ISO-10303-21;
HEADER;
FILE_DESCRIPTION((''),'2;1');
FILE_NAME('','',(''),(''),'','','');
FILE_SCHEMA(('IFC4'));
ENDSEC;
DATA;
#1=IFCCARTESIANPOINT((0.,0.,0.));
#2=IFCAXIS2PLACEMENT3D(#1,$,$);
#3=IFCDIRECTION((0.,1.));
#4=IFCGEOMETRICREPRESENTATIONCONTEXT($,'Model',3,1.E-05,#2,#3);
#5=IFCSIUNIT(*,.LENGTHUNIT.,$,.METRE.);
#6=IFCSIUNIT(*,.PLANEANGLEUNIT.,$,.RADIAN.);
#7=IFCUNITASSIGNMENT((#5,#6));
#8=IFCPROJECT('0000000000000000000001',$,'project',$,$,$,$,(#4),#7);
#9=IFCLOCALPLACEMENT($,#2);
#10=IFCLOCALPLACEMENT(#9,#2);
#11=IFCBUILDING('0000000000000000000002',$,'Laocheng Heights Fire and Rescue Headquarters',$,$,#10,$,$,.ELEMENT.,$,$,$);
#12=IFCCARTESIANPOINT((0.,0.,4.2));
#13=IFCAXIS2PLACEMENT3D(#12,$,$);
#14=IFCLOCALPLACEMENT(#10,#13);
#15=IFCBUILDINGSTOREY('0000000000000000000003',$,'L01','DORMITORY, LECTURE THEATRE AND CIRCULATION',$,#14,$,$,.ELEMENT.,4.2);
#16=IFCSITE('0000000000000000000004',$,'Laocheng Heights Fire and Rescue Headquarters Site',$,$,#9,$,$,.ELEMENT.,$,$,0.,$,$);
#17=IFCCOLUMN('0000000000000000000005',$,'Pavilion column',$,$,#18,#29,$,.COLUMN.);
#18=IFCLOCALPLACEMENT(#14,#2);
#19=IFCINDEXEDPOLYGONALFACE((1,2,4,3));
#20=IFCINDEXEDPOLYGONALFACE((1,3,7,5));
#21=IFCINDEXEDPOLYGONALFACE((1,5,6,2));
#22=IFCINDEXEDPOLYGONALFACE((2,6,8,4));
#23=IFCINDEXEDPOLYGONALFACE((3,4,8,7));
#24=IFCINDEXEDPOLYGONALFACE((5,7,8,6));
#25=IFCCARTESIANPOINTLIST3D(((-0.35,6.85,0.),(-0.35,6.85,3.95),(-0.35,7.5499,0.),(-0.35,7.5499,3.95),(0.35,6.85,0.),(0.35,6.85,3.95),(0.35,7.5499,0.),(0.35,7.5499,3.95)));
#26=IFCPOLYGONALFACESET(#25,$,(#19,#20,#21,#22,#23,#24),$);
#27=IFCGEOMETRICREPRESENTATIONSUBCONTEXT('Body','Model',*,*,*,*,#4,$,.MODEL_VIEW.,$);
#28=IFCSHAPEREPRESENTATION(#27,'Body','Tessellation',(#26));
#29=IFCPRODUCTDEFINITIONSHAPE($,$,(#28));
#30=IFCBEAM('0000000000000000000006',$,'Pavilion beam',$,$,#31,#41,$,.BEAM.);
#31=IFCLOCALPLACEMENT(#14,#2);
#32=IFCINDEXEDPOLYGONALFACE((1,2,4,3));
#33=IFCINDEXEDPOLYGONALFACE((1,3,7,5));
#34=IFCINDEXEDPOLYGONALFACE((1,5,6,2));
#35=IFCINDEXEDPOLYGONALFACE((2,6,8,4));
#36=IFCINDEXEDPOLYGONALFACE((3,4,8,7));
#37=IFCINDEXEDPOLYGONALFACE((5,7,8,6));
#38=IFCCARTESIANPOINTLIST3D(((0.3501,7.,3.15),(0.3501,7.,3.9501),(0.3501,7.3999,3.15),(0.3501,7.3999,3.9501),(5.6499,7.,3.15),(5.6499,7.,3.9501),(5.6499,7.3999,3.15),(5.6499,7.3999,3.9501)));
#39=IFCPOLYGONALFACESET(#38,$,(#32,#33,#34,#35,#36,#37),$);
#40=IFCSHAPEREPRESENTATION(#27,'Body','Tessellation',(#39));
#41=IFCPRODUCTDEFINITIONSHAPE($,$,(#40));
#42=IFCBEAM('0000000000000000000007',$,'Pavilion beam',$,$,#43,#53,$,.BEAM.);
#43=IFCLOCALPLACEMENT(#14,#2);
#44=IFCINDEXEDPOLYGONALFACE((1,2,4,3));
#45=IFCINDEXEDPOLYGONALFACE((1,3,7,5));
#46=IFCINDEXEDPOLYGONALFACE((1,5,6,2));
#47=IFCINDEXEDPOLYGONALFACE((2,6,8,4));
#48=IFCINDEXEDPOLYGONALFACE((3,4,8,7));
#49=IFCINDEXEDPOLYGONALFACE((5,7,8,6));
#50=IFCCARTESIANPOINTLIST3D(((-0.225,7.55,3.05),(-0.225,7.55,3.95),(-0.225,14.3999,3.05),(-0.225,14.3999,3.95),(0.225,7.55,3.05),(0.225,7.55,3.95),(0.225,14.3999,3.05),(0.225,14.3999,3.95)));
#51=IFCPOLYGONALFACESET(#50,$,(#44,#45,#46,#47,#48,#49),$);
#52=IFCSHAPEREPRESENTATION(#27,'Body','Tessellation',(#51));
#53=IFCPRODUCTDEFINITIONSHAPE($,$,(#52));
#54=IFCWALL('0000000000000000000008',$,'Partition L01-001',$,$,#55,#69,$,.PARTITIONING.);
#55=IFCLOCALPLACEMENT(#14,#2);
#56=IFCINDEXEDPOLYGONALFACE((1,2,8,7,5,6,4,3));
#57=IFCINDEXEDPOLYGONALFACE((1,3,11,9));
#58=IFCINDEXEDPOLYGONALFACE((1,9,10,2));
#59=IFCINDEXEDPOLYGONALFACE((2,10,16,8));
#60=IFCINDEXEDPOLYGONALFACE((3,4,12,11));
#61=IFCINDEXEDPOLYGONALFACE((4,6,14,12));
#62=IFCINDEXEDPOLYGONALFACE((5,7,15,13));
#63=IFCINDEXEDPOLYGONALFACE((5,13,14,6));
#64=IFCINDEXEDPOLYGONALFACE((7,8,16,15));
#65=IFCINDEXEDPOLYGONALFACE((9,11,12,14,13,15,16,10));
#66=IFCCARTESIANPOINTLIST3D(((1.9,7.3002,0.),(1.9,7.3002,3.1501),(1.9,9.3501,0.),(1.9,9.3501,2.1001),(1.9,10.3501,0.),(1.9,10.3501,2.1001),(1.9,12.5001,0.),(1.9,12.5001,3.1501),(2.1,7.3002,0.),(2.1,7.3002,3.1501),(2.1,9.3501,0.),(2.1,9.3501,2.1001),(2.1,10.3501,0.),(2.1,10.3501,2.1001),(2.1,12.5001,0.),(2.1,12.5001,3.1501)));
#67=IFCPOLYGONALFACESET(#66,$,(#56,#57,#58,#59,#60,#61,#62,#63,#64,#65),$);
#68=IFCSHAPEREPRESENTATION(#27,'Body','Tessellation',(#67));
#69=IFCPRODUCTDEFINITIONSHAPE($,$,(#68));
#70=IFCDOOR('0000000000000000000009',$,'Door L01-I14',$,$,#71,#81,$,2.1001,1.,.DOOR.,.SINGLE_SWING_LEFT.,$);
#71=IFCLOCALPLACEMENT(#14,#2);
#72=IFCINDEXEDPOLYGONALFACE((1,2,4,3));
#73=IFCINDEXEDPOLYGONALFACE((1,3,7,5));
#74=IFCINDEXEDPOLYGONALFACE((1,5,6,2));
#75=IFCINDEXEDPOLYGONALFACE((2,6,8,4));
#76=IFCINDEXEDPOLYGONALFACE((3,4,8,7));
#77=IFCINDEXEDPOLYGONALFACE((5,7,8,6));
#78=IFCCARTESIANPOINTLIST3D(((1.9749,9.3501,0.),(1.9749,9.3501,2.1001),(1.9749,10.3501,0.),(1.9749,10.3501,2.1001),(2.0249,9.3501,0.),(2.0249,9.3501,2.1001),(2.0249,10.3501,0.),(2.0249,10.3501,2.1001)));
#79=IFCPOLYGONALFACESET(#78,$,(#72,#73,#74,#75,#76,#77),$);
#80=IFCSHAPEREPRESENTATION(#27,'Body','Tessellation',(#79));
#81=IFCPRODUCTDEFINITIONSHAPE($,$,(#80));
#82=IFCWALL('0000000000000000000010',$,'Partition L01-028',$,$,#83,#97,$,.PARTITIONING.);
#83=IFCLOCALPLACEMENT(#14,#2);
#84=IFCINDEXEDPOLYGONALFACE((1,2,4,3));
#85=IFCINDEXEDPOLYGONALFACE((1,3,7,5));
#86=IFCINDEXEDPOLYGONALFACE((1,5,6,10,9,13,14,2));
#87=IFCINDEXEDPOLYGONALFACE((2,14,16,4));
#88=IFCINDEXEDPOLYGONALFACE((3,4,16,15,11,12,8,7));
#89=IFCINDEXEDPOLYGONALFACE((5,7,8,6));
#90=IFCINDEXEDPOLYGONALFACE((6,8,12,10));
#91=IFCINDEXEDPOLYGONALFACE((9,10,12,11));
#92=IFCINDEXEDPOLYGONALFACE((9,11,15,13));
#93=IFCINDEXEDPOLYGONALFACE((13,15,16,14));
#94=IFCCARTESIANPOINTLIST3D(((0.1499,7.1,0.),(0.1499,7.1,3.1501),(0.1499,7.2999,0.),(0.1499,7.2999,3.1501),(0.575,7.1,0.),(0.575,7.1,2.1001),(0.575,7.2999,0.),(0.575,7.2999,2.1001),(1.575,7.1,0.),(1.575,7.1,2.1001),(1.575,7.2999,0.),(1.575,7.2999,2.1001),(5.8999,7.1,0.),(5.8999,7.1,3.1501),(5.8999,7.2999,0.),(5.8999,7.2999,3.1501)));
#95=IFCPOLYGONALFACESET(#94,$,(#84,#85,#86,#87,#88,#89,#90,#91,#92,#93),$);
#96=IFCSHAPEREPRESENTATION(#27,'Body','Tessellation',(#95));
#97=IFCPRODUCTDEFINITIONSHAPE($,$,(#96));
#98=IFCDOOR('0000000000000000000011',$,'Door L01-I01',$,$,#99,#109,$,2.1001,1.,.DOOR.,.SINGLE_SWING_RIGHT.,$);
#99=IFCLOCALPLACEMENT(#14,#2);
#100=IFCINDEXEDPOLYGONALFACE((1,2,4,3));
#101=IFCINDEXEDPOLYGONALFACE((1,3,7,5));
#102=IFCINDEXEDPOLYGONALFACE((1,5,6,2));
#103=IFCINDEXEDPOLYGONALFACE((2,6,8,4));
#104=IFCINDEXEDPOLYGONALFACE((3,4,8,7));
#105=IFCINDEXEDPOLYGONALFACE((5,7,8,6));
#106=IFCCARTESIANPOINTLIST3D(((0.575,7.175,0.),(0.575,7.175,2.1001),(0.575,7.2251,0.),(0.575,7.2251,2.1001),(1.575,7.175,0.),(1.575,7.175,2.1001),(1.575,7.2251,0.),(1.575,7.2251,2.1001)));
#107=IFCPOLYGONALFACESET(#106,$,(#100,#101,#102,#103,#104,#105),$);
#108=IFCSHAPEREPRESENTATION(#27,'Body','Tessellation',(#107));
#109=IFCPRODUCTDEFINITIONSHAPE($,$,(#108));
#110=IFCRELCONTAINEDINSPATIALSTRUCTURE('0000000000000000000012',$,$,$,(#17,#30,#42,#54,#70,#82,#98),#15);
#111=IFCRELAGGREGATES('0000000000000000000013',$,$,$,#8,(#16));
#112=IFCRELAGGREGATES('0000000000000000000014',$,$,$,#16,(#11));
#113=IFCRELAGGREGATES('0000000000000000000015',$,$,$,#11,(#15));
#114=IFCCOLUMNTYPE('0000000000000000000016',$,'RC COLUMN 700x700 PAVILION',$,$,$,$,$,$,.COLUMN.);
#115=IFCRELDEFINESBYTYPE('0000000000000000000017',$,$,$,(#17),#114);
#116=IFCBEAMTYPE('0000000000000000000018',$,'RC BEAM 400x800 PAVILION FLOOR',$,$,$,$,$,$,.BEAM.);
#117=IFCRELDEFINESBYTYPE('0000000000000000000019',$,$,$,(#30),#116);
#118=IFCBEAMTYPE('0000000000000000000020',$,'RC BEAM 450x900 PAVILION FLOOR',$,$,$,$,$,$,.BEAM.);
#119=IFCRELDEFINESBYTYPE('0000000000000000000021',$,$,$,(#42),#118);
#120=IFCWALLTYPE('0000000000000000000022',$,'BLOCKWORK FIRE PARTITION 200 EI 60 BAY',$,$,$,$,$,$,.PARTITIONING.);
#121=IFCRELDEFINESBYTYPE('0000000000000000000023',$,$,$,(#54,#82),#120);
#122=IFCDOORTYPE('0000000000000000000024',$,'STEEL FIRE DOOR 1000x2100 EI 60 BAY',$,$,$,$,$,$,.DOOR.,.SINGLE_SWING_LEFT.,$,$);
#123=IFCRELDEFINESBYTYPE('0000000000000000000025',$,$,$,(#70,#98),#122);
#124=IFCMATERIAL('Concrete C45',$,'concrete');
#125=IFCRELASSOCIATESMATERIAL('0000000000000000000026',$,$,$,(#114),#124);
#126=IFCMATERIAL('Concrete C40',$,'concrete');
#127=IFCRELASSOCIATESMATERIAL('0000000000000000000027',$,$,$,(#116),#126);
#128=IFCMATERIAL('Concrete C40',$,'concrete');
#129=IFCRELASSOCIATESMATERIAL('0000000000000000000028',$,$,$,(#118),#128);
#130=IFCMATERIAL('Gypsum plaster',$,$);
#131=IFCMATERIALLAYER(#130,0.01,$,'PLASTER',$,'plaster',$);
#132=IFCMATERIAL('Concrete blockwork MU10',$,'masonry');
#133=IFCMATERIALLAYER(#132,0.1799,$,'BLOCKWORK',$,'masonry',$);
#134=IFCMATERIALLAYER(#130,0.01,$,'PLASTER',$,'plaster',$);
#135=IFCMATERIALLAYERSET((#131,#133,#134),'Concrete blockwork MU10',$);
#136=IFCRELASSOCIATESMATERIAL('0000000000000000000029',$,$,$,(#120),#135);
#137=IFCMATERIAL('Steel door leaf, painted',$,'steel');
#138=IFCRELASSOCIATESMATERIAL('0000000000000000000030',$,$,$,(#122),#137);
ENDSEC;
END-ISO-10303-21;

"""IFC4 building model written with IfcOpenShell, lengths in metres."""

from ifc_helpers import new_model, si_unit, direction, frame, frame_2d, origin, origin_2d, place, context, subcontext, project, spatial, rectangle, extrude, material, layer, layer_set, material_profile, profile_set, type_object, element, fill, save


model = new_model("IFC4")

# Units and contexts
model_context = context("Model", 3, precision=1e-05, world=origin(), true_north=direction((0.0, 1.0)))
body_context = subcontext(model_context, "Body", "Model", "MODEL_VIEW")
ifc_project = project(units=[si_unit("LENGTHUNIT", "METRE"), si_unit("PLANEANGLEUNIT", "RADIAN")], contexts=[model_context])

# Site, building, storey
site_placement = place(None, origin())
site = spatial("IfcSite", under=ifc_project, at=site_placement, Name="Laocheng Heights Fire and Rescue Headquarters Site", CompositionType="ELEMENT", RefElevation=0.0)
building_placement = place(site_placement, origin())
building = spatial("IfcBuilding", under=site, at=building_placement, Name="Laocheng Heights Fire and Rescue Headquarters", CompositionType="ELEMENT")
storey_placement = place(building_placement, frame((0.0, 0.0, 4.2)))
storey = spatial("IfcBuildingStorey", under=building, at=storey_placement, Name="L01", Description="DORMITORY, LECTURE THEATRE AND CIRCULATION", CompositionType="ELEMENT", Elevation=4.2)

# Column
ifc_material_1 = material(Name="Concrete C45", Category="concrete")
ifc_material_profile_1 = material_profile(ifc_material_1, rectangle(XDim=0.7, YDim=0.7, at=origin_2d()), Name="RC COLUMN 700x700 PAVILION")
ifc_profile_set_1 = profile_set([ifc_material_profile_1], Name="Concrete C45")
column_type = type_object("IfcColumnType", Name="RC COLUMN 700x700 PAVILION", PredefinedType="COLUMN", material=ifc_profile_set_1)
column_placement = place(storey_placement, frame((0.0, 7.2, 0.0), z_axis=(0.0, 0.0, 1.0), x_axis=(1.0, 0.0, 0.0)))
element("IfcColumn", 1, at=column_placement, inside=storey, type_object=column_type, Name="Pavilion column", PredefinedType="COLUMN", context=body_context, shape_type="SweptSolid", body=[
    extrude(rectangle(XDim=0.7, YDim=0.7, at=origin_2d()), origin(), (0.0, 0.0, 1.0), 3.95),
])

# Beams
ifc_material_2 = material(Name="Concrete C40", Category="concrete")
ifc_material_profile_2 = material_profile(ifc_material_2, rectangle(XDim=0.3999, YDim=0.8, at=origin_2d()), Name="RC BEAM 400x800 PAVILION FLOOR")
ifc_profile_set_2 = profile_set([ifc_material_profile_2], Name="Concrete C40")
beam_type_1 = type_object("IfcBeamType", Name="RC BEAM 400x800 PAVILION FLOOR", PredefinedType="BEAM", material=ifc_profile_set_2)
beam_1_placement = place(storey_placement, frame((0.3501, 7.2, 3.55), z_axis=(1.0, 0.0, 0.0), x_axis=(0.0, 1.0, 0.0)))
element("IfcBeam", 2, at=beam_1_placement, inside=storey, type_object=beam_type_1, Name="Pavilion beam", PredefinedType="BEAM", context=body_context, shape_type="SweptSolid", body=[
    extrude(rectangle(XDim=0.3999, YDim=0.8, at=origin_2d()), origin(), (0.0, 0.0, 1.0), 5.2998),
])
ifc_material_3 = material(Name="Concrete C40", Category="concrete")
ifc_material_profile_3 = material_profile(ifc_material_3, rectangle(XDim=0.45, YDim=0.8999, at=origin_2d()), Name="RC BEAM 450x900 PAVILION FLOOR")
ifc_profile_set_3 = profile_set([ifc_material_profile_3], Name="Concrete C40")
beam_type_2 = type_object("IfcBeamType", Name="RC BEAM 450x900 PAVILION FLOOR", PredefinedType="BEAM", material=ifc_profile_set_3)
beam_2_placement = place(storey_placement, frame((0.0, 7.55, 3.5), z_axis=(0.0, 1.0, 0.0), x_axis=(-1.0, 0.0, 0.0)))
element("IfcBeam", 3, at=beam_2_placement, inside=storey, type_object=beam_type_2, Name="Pavilion beam", PredefinedType="BEAM", context=body_context, shape_type="SweptSolid", body=[
    extrude(rectangle(XDim=0.45, YDim=0.8999, at=origin_2d()), origin(), (0.0, 0.0, 1.0), 6.8499),
])

# Walls, openings, doors
ifc_material_4 = material(Name="Gypsum plaster")
ifc_layer_1 = layer(ifc_material_4, 0.01, Name="PLASTER", Category="plaster")
ifc_material_5 = material(Name="Concrete blockwork MU10", Category="masonry")
ifc_layer_2 = layer(ifc_material_5, 0.1799, Name="BLOCKWORK", Category="masonry")
ifc_layer_3 = layer(ifc_material_4, 0.01, Name="PLASTER", Category="plaster")
ifc_layer_set_1 = layer_set([ifc_layer_1, ifc_layer_2, ifc_layer_3], Name="Concrete blockwork MU10")
wall_type_1 = type_object("IfcWallType", Name="BLOCKWORK FIRE PARTITION 200 EI 60 BAY", PredefinedType="PARTITIONING", material=ifc_layer_set_1)
wall_1_placement = place(storey_placement, frame((2.0, 7.3, 0.0), z_axis=(0.0, 0.0, 1.0), x_axis=(0.0, 1.0, 0.0)))
wall_1 = element("IfcWall", 4, at=wall_1_placement, inside=storey, type_object=wall_type_1, Name="Partition L01-001", PredefinedType="PARTITIONING", context=body_context, shape_type="SweptSolid", body=[
    extrude(rectangle(XDim=5.2, YDim=0.2, at=frame_2d((2.6001, 0.0))), origin(), (0.0, 0.0, 1.0), 3.1501),
])
opening_1_placement = place(wall_1_placement, frame((2.05, 0.0, 0.0)))
opening_1 = element("IfcOpeningElement", 5, at=opening_1_placement, cuts=wall_1, PredefinedType="OPENING", context=body_context, shape_type="SweptSolid", body=[
    extrude(rectangle(XDim=1.0, YDim=2.1001, at=frame_2d((0.5, 1.05))), frame((0.0, 0.1099, 0.0), z_axis=(0.0, -1.0, 0.0), x_axis=(1.0, 0.0, 0.0)), (0.0, 0.0, 1.0), 0.22),
])
ifc_material_6 = material(Name="Steel door leaf, painted", Category="steel")
door_type = type_object("IfcDoorType", Name="STEEL FIRE DOOR 1000x2100 EI 60 BAY", OperationType="SINGLE_SWING_LEFT", PredefinedType="DOOR", material=ifc_material_6)
door_1_placement = place(opening_1_placement, frame((1.0, 0.0, 0.0), z_axis=(0.0, 0.0, 1.0), x_axis=(-1.0, 0.0, 0.0)))
door_1 = element("IfcDoor", 6, at=door_1_placement, inside=storey, type_object=door_type, Name="Door L01-I14", OperationType="SINGLE_SWING_LEFT", OverallHeight=2.1001, OverallWidth=1.0, PredefinedType="DOOR", context=body_context, shape_type="SweptSolid", body=[
    extrude(rectangle(XDim=1.0, YDim=2.1001, at=frame_2d((0.5, 1.05))), frame((0.0, 0.0249, 0.0), z_axis=(0.0, -1.0, 0.0), x_axis=(1.0, 0.0, 0.0)), (0.0, 0.0, 1.0), 0.05),
])
fill(opening_1, door_1)
wall_2_placement = place(storey_placement, frame((0.1499, 7.2, 0.0), z_axis=(0.0, 0.0, 1.0), x_axis=(1.0, 0.0, 0.0)))
wall_2 = element("IfcWall", 7, at=wall_2_placement, inside=storey, type_object=wall_type_1, Name="Partition L01-028", PredefinedType="PARTITIONING", context=body_context, shape_type="SweptSolid", body=[
    extrude(rectangle(XDim=5.75, YDim=0.2, at=frame_2d((2.875, 0.0))), origin(), (0.0, 0.0, 1.0), 3.1501),
])
opening_2_placement = place(wall_2_placement, frame((0.425, 0.0, 0.0)))
opening_2 = element("IfcOpeningElement", 8, at=opening_2_placement, cuts=wall_2, PredefinedType="OPENING", context=body_context, shape_type="SweptSolid", body=[
    extrude(rectangle(XDim=1.0, YDim=2.1001, at=frame_2d((0.5, 1.05))), frame((0.0, 0.1099, 0.0), z_axis=(0.0, -1.0, 0.0), x_axis=(1.0, 0.0, 0.0)), (0.0, 0.0, 1.0), 0.22),
])
door_2_placement = place(opening_2_placement, frame((1.0, 0.0, 0.0), z_axis=(0.0, 0.0, 1.0), x_axis=(-1.0, 0.0, 0.0)))
door_2 = element("IfcDoor", 9, at=door_2_placement, inside=storey, type_object=door_type, Name="Door L01-I01", OperationType="SINGLE_SWING_RIGHT", OverallHeight=2.1001, OverallWidth=1.0, PredefinedType="DOOR", context=body_context, shape_type="SweptSolid", body=[
    extrude(rectangle(XDim=1.0, YDim=2.1001, at=frame_2d((0.5, 1.05))), frame((0.0, 0.0249, 0.0), z_axis=(0.0, -1.0, 0.0), x_axis=(1.0, 0.0, 0.0)), (0.0, 0.0, 1.0), 0.05),
])
fill(opening_2, door_2)

save(model, "model.ifc")
